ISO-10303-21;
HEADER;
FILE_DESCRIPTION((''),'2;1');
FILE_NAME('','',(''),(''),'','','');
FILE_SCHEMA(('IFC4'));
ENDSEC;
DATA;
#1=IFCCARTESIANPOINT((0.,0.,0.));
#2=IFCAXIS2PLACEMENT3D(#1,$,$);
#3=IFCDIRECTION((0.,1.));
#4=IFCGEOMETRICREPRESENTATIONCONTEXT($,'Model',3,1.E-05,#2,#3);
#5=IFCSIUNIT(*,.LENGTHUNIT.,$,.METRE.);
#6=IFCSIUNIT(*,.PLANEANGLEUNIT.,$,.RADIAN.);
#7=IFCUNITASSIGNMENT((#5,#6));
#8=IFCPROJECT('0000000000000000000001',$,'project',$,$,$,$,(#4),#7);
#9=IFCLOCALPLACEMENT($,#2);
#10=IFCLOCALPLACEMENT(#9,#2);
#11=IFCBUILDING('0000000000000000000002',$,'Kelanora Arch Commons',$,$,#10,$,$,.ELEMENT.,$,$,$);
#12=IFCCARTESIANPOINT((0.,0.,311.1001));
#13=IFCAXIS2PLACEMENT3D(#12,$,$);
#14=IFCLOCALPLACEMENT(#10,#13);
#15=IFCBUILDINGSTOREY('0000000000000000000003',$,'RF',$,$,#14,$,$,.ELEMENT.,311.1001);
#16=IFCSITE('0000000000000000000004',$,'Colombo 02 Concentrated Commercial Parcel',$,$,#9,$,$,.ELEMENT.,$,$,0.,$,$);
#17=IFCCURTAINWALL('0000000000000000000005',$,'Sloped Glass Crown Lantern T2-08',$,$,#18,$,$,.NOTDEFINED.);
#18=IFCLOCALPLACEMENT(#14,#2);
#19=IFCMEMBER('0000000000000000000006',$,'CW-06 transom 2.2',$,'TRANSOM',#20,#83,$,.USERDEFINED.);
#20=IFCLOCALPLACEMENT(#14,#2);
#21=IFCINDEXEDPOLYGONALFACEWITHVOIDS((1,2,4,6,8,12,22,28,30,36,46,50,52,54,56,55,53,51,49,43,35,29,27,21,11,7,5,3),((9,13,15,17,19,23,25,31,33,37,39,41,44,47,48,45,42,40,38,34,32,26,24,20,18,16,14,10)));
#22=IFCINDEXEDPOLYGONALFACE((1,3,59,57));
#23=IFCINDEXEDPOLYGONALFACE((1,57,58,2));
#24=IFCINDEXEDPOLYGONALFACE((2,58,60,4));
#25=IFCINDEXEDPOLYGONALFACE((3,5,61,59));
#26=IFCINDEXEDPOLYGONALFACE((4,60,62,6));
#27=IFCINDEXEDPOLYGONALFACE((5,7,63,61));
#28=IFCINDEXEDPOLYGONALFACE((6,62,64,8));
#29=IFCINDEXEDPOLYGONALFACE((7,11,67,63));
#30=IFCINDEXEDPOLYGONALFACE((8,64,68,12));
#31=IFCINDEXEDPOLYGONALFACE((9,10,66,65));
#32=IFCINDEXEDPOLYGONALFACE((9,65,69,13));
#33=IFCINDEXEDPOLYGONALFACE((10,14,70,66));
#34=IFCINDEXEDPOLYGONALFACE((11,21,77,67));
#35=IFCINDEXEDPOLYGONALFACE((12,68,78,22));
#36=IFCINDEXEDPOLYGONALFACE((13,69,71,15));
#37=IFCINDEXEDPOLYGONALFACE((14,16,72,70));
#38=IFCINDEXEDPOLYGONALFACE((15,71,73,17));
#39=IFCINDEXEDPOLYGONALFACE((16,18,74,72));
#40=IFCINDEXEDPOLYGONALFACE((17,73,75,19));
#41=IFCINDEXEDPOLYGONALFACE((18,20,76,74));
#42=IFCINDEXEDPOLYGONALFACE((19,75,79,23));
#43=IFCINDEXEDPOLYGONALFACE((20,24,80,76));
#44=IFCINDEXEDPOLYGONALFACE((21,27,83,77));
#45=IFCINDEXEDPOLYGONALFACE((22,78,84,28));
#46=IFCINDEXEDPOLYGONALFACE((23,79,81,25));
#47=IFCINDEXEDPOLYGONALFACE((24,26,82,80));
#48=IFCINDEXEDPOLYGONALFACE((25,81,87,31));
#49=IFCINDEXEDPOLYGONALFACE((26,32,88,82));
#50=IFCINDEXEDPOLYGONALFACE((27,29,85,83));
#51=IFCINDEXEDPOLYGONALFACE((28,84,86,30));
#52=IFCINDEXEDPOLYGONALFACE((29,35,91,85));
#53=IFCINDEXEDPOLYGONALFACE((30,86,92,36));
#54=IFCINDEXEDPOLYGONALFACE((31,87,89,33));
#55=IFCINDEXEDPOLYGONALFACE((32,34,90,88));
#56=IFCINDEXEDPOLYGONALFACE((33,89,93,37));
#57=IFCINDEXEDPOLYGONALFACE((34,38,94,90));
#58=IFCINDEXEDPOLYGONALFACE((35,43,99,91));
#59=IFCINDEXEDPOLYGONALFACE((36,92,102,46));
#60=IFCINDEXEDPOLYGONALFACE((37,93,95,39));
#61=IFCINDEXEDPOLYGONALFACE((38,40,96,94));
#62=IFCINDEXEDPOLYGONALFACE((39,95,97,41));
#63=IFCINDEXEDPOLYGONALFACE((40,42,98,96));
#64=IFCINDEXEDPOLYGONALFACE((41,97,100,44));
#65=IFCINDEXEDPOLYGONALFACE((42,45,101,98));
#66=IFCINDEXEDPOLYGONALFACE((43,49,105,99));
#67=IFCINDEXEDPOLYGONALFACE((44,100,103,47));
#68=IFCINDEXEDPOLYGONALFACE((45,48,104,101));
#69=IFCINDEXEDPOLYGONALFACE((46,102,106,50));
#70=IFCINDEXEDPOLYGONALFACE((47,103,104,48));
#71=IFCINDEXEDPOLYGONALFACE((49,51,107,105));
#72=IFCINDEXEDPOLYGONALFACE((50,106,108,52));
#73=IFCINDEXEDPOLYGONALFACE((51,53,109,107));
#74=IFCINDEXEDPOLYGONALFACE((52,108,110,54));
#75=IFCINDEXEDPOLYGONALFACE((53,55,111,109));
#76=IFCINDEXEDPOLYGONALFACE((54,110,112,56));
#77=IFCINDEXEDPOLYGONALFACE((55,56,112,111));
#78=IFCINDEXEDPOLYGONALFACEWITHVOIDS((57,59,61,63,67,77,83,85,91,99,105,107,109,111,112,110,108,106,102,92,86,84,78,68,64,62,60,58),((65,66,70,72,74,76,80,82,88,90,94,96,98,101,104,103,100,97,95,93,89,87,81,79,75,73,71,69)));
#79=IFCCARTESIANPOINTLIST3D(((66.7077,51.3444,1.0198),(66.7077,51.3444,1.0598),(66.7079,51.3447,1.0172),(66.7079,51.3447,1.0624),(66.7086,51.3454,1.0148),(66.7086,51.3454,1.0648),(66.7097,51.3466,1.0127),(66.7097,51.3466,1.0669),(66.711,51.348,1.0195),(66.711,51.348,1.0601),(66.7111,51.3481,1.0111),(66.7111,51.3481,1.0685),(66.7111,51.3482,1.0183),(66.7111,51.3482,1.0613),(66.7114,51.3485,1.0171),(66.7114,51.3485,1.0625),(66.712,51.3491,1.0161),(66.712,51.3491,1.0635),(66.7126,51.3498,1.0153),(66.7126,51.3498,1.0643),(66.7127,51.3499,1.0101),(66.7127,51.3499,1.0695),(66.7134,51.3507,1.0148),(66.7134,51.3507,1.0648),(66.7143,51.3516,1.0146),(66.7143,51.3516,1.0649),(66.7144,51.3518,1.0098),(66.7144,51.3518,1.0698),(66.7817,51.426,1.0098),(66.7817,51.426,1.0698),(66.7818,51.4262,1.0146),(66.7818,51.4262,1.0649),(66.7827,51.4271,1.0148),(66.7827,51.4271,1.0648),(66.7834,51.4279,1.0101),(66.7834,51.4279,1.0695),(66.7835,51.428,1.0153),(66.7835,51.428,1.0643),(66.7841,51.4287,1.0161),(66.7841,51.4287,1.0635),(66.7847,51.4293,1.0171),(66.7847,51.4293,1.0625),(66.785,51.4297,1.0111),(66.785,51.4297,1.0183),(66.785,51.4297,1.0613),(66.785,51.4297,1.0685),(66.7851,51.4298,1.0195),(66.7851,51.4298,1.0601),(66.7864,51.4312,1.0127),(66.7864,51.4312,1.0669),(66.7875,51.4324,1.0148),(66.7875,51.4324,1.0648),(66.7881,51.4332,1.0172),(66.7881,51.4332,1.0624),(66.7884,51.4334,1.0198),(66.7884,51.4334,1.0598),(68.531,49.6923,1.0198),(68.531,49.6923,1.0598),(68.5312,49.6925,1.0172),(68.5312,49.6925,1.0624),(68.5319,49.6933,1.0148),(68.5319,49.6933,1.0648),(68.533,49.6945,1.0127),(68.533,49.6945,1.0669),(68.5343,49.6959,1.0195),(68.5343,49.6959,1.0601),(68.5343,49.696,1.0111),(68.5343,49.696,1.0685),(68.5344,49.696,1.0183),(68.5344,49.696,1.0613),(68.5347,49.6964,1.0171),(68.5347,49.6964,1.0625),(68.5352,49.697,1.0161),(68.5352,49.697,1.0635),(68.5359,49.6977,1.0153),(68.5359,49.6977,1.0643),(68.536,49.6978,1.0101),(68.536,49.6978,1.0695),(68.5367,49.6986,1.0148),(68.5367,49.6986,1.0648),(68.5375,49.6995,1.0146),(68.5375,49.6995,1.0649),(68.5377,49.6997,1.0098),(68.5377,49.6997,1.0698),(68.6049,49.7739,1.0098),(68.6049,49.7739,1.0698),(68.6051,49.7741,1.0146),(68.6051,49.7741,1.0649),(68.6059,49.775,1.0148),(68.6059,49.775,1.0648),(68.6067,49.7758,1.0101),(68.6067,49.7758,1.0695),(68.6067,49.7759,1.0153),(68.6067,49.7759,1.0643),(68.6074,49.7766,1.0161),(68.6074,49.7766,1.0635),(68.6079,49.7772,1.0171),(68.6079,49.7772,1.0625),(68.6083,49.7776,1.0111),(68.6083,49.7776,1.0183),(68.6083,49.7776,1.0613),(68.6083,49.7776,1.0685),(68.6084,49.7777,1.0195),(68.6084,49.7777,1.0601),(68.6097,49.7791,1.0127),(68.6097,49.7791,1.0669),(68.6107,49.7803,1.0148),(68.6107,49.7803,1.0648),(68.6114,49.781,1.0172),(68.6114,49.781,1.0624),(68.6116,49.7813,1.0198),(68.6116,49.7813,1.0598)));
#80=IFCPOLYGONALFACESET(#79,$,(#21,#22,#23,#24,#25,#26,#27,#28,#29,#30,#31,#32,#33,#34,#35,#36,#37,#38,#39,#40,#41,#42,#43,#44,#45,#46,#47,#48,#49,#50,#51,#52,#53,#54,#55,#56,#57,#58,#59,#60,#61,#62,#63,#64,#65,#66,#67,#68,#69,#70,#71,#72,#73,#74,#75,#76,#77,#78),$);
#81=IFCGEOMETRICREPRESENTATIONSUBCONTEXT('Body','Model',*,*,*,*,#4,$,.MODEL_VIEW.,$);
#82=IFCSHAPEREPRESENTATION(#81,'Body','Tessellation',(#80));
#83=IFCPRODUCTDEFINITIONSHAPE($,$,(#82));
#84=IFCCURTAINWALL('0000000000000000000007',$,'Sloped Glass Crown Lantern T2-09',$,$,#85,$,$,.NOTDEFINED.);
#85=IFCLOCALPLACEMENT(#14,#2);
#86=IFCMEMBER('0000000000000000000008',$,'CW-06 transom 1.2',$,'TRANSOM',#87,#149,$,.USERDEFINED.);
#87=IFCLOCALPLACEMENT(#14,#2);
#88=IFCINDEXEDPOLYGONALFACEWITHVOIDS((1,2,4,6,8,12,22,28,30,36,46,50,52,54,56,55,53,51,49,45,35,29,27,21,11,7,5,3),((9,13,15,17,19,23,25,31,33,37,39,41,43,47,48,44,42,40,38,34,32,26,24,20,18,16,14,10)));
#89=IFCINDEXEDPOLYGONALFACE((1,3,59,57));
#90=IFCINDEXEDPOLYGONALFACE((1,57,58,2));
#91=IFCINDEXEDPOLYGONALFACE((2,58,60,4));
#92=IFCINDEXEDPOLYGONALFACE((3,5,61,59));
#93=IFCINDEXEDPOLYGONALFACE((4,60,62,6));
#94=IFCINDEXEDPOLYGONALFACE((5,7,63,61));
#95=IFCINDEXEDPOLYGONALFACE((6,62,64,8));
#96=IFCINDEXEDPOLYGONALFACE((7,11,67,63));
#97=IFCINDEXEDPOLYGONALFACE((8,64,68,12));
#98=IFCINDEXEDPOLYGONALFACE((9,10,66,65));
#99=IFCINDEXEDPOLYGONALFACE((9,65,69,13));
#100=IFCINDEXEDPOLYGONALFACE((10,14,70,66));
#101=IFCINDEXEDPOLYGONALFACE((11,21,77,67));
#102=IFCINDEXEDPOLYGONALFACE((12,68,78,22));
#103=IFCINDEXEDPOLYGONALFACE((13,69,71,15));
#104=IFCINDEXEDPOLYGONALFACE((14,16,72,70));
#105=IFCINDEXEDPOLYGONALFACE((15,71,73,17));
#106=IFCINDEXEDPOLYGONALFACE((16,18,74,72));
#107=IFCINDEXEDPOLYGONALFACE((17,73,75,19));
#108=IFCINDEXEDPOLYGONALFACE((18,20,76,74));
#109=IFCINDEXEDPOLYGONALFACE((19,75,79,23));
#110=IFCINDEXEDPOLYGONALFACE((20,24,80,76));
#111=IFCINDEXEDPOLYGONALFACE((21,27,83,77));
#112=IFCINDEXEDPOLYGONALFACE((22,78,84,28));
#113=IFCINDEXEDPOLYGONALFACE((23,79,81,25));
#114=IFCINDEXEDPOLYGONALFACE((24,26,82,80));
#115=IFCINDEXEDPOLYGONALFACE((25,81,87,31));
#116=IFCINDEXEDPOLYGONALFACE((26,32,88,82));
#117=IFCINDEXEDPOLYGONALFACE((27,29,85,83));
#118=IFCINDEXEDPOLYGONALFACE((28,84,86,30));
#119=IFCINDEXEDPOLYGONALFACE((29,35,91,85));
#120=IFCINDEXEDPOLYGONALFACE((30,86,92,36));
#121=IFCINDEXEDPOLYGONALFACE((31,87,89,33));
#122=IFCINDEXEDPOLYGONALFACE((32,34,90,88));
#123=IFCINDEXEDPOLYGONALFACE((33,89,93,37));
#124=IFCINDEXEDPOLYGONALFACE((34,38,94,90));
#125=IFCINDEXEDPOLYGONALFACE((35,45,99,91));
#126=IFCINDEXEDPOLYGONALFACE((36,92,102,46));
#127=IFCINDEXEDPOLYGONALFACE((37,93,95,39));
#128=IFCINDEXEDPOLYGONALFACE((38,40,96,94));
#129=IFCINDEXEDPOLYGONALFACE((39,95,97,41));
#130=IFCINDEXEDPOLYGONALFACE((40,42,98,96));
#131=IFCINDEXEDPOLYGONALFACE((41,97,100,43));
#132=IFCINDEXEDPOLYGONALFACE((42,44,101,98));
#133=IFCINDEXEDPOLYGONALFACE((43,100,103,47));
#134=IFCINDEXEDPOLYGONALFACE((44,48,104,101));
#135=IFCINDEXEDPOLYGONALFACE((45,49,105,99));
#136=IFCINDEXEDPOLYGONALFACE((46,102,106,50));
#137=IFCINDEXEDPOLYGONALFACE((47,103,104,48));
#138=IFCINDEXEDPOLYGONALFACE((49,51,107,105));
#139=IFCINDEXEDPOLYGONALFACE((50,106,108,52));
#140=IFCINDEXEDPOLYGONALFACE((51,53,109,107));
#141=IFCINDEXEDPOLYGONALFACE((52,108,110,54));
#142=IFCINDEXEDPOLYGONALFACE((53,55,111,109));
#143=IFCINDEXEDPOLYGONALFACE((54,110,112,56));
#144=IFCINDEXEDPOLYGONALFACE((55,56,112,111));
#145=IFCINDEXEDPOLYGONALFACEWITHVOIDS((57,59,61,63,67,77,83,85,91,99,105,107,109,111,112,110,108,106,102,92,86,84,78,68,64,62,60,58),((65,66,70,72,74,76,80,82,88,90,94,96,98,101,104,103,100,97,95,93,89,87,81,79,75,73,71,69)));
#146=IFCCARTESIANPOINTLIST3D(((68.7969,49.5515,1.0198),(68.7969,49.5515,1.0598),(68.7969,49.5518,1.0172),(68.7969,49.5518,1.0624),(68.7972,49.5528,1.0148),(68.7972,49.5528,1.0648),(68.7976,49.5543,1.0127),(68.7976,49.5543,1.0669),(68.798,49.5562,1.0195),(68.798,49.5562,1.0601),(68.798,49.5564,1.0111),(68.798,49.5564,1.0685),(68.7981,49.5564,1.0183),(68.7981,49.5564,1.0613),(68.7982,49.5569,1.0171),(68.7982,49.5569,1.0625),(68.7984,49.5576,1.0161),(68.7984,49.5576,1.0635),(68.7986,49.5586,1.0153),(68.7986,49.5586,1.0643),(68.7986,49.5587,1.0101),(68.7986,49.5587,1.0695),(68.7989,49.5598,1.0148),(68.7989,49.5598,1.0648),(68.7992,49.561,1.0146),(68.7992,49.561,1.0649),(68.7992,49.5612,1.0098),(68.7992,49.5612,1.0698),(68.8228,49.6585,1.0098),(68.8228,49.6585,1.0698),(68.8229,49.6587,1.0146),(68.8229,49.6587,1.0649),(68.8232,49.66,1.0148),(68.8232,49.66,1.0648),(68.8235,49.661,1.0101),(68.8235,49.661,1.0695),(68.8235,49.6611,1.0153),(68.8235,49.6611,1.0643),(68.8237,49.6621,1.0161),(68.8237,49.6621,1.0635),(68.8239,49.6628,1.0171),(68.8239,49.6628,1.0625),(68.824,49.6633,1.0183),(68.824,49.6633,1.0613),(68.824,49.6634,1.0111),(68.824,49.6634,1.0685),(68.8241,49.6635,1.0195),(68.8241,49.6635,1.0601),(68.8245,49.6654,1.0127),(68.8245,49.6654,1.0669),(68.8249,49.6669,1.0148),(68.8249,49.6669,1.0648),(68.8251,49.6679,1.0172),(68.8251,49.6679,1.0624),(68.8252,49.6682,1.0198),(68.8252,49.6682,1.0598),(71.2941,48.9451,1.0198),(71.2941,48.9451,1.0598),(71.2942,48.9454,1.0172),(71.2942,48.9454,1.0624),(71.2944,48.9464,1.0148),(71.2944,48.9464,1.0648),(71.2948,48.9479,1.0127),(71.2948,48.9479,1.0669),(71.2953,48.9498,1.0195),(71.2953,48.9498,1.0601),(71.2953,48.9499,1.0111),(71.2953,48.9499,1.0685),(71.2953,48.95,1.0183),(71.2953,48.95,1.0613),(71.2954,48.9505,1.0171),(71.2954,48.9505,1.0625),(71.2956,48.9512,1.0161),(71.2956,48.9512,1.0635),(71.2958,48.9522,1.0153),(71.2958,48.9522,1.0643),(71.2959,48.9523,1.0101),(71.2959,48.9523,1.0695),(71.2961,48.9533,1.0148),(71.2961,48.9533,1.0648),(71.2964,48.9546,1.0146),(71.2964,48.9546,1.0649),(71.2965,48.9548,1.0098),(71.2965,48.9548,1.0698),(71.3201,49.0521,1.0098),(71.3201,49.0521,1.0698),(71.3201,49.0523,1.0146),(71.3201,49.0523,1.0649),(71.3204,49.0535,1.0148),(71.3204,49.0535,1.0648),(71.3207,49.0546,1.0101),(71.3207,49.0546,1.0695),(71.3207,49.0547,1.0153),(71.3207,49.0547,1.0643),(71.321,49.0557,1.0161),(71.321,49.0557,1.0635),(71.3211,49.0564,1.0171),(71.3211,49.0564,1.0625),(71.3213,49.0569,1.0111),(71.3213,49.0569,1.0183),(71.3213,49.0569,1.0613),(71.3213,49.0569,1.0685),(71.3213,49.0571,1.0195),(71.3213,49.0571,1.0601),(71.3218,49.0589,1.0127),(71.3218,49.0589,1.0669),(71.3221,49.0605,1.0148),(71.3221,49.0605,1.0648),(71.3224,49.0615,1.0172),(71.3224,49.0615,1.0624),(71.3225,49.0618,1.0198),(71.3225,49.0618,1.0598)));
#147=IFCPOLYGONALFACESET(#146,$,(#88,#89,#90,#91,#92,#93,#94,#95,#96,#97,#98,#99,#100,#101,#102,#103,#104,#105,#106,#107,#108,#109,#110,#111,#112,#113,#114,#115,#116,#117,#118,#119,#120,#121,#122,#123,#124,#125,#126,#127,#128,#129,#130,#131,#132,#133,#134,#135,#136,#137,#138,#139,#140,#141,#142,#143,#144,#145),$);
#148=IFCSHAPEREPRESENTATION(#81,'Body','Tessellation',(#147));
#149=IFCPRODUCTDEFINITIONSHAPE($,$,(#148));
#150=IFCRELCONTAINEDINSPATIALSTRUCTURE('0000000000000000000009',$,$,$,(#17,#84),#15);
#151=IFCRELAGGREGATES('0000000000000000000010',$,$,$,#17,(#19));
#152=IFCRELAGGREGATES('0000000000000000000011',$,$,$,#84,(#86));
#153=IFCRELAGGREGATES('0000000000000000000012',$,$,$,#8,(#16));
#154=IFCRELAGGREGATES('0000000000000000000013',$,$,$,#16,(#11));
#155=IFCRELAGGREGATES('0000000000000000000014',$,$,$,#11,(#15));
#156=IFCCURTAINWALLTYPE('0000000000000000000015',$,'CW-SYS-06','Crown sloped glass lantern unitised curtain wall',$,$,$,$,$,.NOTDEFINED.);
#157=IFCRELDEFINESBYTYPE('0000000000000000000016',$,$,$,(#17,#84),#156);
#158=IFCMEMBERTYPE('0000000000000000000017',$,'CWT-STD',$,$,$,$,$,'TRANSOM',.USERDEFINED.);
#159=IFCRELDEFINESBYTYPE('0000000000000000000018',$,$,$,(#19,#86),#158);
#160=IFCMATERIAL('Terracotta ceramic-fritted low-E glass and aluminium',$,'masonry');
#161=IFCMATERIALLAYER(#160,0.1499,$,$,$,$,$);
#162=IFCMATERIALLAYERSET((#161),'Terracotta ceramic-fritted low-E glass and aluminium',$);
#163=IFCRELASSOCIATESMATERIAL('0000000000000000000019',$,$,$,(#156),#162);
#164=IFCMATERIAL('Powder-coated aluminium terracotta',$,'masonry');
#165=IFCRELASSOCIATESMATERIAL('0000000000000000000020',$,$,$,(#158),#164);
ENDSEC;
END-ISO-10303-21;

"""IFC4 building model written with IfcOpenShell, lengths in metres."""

from ifc_helpers import new_model, si_unit, direction, frame, origin, origin_2d, place, context, subcontext, project, spatial, hollow_rectangle, extrude, material, layer, layer_set, material_profile, profile_set, type_object, element, aggregate, save


model = new_model("IFC4")

# Units and contexts
model_context = context("Model", 3, precision=1e-05, world=origin(), true_north=direction((0.0, 1.0)))
body_context = subcontext(model_context, "Body", "Model", "MODEL_VIEW")
ifc_project = project(units=[si_unit("LENGTHUNIT", "METRE"), si_unit("PLANEANGLEUNIT", "RADIAN")], contexts=[model_context])

# Site, building, storey
site_placement = place(None, origin())
site = spatial("IfcSite", under=ifc_project, at=site_placement, Name="Colombo 02 Concentrated Commercial Parcel", CompositionType="ELEMENT", RefElevation=0.0)
building_placement = place(site_placement, origin())
building = spatial("IfcBuilding", under=site, at=building_placement, Name="Kelanora Arch Commons", CompositionType="ELEMENT")
storey_placement = place(building_placement, frame((0.0, 0.0, 311.1001)))
storey = spatial("IfcBuildingStorey", under=building, at=storey_placement, Name="RF", CompositionType="ELEMENT", Elevation=311.1001)

# Shared definitions
ifc_material_1 = material(Name="Terracotta ceramic-fritted low-E glass and aluminium", Category="masonry")
ifc_layer_1 = layer(ifc_material_1, 0.1499)
ifc_layer_set_1 = layer_set([ifc_layer_1], Name="Terracotta ceramic-fritted low-E glass and aluminium")
curtain_wall_type = type_object("IfcCurtainWallType", Name="CW-SYS-06", Description="Crown sloped glass lantern unitised curtain wall", PredefinedType="NOTDEFINED", material=ifc_layer_set_1)
ifc_material_2 = material(Name="Powder-coated aluminium terracotta", Category="masonry")

# Shared definitions
ifc_material_profile_1 = material_profile(ifc_material_2, hollow_rectangle(XDim=0.1201, YDim=0.0601, WallThickness=0.0049, InnerFilletRadius=0.0049, OuterFilletRadius=0.01, at=origin_2d()), Name="CWT120x60")
ifc_profile_set_1 = profile_set([ifc_material_profile_1], Name="Powder-coated aluminium terracotta")
member_type_1 = type_object("IfcMemberType", Name="CWT-STD", ElementType="TRANSOM", PredefinedType="USERDEFINED", material=ifc_profile_set_1)

# Curtain wall, member
curtain_wall_1_placement = place(storey_placement, origin())
curtain_wall_1 = element("IfcCurtainWall", 1, at=curtain_wall_1_placement, inside=storey, type_object=curtain_wall_type, Name="Sloped Glass Crown Lantern T2-08", PredefinedType="NOTDEFINED")
member_1_placement = place(storey_placement, frame((66.748, 51.3889, 1.0398), z_axis=(0.74103, -0.671472, 0.0), x_axis=(0.671472, 0.74103, 0.0)))
member_1 = element("IfcMember", 2, at=member_1_placement, type_object=member_type_1, Name="CW-06 transom 2.2", ObjectType="TRANSOM", PredefinedType="USERDEFINED", context=body_context, shape_type="SweptSolid", body=[
    extrude(hollow_rectangle(XDim=0.1201, YDim=0.0601, WallThickness=0.0049, InnerFilletRadius=0.0049, OuterFilletRadius=0.01, at=origin_2d()), origin(), (0.0, 0.0, 1.0), 2.4604),
])

# Curtain wall, member
curtain_wall_2_placement = place(storey_placement, origin())
curtain_wall_2 = element("IfcCurtainWall", 3, at=curtain_wall_2_placement, inside=storey, type_object=curtain_wall_type, Name="Sloped Glass Crown Lantern T2-09", PredefinedType="NOTDEFINED")
member_2_placement = place(storey_placement, frame((68.811, 49.6099, 1.0398), z_axis=(0.971758, -0.235981, 0.0), x_axis=(0.235981, 0.971758, 0.0)))
member_2 = element("IfcMember", 4, at=member_2_placement, type_object=member_type_1, Name="CW-06 transom 1.2", ObjectType="TRANSOM", PredefinedType="USERDEFINED", context=body_context, shape_type="SweptSolid", body=[
    extrude(hollow_rectangle(XDim=0.1201, YDim=0.0601, WallThickness=0.0049, InnerFilletRadius=0.0049, OuterFilletRadius=0.01, at=origin_2d()), origin(), (0.0, 0.0, 1.0), 2.5698),
])

aggregate(curtain_wall_1, [member_1])
aggregate(curtain_wall_2, [member_2])

save(model, "model.ifc")
